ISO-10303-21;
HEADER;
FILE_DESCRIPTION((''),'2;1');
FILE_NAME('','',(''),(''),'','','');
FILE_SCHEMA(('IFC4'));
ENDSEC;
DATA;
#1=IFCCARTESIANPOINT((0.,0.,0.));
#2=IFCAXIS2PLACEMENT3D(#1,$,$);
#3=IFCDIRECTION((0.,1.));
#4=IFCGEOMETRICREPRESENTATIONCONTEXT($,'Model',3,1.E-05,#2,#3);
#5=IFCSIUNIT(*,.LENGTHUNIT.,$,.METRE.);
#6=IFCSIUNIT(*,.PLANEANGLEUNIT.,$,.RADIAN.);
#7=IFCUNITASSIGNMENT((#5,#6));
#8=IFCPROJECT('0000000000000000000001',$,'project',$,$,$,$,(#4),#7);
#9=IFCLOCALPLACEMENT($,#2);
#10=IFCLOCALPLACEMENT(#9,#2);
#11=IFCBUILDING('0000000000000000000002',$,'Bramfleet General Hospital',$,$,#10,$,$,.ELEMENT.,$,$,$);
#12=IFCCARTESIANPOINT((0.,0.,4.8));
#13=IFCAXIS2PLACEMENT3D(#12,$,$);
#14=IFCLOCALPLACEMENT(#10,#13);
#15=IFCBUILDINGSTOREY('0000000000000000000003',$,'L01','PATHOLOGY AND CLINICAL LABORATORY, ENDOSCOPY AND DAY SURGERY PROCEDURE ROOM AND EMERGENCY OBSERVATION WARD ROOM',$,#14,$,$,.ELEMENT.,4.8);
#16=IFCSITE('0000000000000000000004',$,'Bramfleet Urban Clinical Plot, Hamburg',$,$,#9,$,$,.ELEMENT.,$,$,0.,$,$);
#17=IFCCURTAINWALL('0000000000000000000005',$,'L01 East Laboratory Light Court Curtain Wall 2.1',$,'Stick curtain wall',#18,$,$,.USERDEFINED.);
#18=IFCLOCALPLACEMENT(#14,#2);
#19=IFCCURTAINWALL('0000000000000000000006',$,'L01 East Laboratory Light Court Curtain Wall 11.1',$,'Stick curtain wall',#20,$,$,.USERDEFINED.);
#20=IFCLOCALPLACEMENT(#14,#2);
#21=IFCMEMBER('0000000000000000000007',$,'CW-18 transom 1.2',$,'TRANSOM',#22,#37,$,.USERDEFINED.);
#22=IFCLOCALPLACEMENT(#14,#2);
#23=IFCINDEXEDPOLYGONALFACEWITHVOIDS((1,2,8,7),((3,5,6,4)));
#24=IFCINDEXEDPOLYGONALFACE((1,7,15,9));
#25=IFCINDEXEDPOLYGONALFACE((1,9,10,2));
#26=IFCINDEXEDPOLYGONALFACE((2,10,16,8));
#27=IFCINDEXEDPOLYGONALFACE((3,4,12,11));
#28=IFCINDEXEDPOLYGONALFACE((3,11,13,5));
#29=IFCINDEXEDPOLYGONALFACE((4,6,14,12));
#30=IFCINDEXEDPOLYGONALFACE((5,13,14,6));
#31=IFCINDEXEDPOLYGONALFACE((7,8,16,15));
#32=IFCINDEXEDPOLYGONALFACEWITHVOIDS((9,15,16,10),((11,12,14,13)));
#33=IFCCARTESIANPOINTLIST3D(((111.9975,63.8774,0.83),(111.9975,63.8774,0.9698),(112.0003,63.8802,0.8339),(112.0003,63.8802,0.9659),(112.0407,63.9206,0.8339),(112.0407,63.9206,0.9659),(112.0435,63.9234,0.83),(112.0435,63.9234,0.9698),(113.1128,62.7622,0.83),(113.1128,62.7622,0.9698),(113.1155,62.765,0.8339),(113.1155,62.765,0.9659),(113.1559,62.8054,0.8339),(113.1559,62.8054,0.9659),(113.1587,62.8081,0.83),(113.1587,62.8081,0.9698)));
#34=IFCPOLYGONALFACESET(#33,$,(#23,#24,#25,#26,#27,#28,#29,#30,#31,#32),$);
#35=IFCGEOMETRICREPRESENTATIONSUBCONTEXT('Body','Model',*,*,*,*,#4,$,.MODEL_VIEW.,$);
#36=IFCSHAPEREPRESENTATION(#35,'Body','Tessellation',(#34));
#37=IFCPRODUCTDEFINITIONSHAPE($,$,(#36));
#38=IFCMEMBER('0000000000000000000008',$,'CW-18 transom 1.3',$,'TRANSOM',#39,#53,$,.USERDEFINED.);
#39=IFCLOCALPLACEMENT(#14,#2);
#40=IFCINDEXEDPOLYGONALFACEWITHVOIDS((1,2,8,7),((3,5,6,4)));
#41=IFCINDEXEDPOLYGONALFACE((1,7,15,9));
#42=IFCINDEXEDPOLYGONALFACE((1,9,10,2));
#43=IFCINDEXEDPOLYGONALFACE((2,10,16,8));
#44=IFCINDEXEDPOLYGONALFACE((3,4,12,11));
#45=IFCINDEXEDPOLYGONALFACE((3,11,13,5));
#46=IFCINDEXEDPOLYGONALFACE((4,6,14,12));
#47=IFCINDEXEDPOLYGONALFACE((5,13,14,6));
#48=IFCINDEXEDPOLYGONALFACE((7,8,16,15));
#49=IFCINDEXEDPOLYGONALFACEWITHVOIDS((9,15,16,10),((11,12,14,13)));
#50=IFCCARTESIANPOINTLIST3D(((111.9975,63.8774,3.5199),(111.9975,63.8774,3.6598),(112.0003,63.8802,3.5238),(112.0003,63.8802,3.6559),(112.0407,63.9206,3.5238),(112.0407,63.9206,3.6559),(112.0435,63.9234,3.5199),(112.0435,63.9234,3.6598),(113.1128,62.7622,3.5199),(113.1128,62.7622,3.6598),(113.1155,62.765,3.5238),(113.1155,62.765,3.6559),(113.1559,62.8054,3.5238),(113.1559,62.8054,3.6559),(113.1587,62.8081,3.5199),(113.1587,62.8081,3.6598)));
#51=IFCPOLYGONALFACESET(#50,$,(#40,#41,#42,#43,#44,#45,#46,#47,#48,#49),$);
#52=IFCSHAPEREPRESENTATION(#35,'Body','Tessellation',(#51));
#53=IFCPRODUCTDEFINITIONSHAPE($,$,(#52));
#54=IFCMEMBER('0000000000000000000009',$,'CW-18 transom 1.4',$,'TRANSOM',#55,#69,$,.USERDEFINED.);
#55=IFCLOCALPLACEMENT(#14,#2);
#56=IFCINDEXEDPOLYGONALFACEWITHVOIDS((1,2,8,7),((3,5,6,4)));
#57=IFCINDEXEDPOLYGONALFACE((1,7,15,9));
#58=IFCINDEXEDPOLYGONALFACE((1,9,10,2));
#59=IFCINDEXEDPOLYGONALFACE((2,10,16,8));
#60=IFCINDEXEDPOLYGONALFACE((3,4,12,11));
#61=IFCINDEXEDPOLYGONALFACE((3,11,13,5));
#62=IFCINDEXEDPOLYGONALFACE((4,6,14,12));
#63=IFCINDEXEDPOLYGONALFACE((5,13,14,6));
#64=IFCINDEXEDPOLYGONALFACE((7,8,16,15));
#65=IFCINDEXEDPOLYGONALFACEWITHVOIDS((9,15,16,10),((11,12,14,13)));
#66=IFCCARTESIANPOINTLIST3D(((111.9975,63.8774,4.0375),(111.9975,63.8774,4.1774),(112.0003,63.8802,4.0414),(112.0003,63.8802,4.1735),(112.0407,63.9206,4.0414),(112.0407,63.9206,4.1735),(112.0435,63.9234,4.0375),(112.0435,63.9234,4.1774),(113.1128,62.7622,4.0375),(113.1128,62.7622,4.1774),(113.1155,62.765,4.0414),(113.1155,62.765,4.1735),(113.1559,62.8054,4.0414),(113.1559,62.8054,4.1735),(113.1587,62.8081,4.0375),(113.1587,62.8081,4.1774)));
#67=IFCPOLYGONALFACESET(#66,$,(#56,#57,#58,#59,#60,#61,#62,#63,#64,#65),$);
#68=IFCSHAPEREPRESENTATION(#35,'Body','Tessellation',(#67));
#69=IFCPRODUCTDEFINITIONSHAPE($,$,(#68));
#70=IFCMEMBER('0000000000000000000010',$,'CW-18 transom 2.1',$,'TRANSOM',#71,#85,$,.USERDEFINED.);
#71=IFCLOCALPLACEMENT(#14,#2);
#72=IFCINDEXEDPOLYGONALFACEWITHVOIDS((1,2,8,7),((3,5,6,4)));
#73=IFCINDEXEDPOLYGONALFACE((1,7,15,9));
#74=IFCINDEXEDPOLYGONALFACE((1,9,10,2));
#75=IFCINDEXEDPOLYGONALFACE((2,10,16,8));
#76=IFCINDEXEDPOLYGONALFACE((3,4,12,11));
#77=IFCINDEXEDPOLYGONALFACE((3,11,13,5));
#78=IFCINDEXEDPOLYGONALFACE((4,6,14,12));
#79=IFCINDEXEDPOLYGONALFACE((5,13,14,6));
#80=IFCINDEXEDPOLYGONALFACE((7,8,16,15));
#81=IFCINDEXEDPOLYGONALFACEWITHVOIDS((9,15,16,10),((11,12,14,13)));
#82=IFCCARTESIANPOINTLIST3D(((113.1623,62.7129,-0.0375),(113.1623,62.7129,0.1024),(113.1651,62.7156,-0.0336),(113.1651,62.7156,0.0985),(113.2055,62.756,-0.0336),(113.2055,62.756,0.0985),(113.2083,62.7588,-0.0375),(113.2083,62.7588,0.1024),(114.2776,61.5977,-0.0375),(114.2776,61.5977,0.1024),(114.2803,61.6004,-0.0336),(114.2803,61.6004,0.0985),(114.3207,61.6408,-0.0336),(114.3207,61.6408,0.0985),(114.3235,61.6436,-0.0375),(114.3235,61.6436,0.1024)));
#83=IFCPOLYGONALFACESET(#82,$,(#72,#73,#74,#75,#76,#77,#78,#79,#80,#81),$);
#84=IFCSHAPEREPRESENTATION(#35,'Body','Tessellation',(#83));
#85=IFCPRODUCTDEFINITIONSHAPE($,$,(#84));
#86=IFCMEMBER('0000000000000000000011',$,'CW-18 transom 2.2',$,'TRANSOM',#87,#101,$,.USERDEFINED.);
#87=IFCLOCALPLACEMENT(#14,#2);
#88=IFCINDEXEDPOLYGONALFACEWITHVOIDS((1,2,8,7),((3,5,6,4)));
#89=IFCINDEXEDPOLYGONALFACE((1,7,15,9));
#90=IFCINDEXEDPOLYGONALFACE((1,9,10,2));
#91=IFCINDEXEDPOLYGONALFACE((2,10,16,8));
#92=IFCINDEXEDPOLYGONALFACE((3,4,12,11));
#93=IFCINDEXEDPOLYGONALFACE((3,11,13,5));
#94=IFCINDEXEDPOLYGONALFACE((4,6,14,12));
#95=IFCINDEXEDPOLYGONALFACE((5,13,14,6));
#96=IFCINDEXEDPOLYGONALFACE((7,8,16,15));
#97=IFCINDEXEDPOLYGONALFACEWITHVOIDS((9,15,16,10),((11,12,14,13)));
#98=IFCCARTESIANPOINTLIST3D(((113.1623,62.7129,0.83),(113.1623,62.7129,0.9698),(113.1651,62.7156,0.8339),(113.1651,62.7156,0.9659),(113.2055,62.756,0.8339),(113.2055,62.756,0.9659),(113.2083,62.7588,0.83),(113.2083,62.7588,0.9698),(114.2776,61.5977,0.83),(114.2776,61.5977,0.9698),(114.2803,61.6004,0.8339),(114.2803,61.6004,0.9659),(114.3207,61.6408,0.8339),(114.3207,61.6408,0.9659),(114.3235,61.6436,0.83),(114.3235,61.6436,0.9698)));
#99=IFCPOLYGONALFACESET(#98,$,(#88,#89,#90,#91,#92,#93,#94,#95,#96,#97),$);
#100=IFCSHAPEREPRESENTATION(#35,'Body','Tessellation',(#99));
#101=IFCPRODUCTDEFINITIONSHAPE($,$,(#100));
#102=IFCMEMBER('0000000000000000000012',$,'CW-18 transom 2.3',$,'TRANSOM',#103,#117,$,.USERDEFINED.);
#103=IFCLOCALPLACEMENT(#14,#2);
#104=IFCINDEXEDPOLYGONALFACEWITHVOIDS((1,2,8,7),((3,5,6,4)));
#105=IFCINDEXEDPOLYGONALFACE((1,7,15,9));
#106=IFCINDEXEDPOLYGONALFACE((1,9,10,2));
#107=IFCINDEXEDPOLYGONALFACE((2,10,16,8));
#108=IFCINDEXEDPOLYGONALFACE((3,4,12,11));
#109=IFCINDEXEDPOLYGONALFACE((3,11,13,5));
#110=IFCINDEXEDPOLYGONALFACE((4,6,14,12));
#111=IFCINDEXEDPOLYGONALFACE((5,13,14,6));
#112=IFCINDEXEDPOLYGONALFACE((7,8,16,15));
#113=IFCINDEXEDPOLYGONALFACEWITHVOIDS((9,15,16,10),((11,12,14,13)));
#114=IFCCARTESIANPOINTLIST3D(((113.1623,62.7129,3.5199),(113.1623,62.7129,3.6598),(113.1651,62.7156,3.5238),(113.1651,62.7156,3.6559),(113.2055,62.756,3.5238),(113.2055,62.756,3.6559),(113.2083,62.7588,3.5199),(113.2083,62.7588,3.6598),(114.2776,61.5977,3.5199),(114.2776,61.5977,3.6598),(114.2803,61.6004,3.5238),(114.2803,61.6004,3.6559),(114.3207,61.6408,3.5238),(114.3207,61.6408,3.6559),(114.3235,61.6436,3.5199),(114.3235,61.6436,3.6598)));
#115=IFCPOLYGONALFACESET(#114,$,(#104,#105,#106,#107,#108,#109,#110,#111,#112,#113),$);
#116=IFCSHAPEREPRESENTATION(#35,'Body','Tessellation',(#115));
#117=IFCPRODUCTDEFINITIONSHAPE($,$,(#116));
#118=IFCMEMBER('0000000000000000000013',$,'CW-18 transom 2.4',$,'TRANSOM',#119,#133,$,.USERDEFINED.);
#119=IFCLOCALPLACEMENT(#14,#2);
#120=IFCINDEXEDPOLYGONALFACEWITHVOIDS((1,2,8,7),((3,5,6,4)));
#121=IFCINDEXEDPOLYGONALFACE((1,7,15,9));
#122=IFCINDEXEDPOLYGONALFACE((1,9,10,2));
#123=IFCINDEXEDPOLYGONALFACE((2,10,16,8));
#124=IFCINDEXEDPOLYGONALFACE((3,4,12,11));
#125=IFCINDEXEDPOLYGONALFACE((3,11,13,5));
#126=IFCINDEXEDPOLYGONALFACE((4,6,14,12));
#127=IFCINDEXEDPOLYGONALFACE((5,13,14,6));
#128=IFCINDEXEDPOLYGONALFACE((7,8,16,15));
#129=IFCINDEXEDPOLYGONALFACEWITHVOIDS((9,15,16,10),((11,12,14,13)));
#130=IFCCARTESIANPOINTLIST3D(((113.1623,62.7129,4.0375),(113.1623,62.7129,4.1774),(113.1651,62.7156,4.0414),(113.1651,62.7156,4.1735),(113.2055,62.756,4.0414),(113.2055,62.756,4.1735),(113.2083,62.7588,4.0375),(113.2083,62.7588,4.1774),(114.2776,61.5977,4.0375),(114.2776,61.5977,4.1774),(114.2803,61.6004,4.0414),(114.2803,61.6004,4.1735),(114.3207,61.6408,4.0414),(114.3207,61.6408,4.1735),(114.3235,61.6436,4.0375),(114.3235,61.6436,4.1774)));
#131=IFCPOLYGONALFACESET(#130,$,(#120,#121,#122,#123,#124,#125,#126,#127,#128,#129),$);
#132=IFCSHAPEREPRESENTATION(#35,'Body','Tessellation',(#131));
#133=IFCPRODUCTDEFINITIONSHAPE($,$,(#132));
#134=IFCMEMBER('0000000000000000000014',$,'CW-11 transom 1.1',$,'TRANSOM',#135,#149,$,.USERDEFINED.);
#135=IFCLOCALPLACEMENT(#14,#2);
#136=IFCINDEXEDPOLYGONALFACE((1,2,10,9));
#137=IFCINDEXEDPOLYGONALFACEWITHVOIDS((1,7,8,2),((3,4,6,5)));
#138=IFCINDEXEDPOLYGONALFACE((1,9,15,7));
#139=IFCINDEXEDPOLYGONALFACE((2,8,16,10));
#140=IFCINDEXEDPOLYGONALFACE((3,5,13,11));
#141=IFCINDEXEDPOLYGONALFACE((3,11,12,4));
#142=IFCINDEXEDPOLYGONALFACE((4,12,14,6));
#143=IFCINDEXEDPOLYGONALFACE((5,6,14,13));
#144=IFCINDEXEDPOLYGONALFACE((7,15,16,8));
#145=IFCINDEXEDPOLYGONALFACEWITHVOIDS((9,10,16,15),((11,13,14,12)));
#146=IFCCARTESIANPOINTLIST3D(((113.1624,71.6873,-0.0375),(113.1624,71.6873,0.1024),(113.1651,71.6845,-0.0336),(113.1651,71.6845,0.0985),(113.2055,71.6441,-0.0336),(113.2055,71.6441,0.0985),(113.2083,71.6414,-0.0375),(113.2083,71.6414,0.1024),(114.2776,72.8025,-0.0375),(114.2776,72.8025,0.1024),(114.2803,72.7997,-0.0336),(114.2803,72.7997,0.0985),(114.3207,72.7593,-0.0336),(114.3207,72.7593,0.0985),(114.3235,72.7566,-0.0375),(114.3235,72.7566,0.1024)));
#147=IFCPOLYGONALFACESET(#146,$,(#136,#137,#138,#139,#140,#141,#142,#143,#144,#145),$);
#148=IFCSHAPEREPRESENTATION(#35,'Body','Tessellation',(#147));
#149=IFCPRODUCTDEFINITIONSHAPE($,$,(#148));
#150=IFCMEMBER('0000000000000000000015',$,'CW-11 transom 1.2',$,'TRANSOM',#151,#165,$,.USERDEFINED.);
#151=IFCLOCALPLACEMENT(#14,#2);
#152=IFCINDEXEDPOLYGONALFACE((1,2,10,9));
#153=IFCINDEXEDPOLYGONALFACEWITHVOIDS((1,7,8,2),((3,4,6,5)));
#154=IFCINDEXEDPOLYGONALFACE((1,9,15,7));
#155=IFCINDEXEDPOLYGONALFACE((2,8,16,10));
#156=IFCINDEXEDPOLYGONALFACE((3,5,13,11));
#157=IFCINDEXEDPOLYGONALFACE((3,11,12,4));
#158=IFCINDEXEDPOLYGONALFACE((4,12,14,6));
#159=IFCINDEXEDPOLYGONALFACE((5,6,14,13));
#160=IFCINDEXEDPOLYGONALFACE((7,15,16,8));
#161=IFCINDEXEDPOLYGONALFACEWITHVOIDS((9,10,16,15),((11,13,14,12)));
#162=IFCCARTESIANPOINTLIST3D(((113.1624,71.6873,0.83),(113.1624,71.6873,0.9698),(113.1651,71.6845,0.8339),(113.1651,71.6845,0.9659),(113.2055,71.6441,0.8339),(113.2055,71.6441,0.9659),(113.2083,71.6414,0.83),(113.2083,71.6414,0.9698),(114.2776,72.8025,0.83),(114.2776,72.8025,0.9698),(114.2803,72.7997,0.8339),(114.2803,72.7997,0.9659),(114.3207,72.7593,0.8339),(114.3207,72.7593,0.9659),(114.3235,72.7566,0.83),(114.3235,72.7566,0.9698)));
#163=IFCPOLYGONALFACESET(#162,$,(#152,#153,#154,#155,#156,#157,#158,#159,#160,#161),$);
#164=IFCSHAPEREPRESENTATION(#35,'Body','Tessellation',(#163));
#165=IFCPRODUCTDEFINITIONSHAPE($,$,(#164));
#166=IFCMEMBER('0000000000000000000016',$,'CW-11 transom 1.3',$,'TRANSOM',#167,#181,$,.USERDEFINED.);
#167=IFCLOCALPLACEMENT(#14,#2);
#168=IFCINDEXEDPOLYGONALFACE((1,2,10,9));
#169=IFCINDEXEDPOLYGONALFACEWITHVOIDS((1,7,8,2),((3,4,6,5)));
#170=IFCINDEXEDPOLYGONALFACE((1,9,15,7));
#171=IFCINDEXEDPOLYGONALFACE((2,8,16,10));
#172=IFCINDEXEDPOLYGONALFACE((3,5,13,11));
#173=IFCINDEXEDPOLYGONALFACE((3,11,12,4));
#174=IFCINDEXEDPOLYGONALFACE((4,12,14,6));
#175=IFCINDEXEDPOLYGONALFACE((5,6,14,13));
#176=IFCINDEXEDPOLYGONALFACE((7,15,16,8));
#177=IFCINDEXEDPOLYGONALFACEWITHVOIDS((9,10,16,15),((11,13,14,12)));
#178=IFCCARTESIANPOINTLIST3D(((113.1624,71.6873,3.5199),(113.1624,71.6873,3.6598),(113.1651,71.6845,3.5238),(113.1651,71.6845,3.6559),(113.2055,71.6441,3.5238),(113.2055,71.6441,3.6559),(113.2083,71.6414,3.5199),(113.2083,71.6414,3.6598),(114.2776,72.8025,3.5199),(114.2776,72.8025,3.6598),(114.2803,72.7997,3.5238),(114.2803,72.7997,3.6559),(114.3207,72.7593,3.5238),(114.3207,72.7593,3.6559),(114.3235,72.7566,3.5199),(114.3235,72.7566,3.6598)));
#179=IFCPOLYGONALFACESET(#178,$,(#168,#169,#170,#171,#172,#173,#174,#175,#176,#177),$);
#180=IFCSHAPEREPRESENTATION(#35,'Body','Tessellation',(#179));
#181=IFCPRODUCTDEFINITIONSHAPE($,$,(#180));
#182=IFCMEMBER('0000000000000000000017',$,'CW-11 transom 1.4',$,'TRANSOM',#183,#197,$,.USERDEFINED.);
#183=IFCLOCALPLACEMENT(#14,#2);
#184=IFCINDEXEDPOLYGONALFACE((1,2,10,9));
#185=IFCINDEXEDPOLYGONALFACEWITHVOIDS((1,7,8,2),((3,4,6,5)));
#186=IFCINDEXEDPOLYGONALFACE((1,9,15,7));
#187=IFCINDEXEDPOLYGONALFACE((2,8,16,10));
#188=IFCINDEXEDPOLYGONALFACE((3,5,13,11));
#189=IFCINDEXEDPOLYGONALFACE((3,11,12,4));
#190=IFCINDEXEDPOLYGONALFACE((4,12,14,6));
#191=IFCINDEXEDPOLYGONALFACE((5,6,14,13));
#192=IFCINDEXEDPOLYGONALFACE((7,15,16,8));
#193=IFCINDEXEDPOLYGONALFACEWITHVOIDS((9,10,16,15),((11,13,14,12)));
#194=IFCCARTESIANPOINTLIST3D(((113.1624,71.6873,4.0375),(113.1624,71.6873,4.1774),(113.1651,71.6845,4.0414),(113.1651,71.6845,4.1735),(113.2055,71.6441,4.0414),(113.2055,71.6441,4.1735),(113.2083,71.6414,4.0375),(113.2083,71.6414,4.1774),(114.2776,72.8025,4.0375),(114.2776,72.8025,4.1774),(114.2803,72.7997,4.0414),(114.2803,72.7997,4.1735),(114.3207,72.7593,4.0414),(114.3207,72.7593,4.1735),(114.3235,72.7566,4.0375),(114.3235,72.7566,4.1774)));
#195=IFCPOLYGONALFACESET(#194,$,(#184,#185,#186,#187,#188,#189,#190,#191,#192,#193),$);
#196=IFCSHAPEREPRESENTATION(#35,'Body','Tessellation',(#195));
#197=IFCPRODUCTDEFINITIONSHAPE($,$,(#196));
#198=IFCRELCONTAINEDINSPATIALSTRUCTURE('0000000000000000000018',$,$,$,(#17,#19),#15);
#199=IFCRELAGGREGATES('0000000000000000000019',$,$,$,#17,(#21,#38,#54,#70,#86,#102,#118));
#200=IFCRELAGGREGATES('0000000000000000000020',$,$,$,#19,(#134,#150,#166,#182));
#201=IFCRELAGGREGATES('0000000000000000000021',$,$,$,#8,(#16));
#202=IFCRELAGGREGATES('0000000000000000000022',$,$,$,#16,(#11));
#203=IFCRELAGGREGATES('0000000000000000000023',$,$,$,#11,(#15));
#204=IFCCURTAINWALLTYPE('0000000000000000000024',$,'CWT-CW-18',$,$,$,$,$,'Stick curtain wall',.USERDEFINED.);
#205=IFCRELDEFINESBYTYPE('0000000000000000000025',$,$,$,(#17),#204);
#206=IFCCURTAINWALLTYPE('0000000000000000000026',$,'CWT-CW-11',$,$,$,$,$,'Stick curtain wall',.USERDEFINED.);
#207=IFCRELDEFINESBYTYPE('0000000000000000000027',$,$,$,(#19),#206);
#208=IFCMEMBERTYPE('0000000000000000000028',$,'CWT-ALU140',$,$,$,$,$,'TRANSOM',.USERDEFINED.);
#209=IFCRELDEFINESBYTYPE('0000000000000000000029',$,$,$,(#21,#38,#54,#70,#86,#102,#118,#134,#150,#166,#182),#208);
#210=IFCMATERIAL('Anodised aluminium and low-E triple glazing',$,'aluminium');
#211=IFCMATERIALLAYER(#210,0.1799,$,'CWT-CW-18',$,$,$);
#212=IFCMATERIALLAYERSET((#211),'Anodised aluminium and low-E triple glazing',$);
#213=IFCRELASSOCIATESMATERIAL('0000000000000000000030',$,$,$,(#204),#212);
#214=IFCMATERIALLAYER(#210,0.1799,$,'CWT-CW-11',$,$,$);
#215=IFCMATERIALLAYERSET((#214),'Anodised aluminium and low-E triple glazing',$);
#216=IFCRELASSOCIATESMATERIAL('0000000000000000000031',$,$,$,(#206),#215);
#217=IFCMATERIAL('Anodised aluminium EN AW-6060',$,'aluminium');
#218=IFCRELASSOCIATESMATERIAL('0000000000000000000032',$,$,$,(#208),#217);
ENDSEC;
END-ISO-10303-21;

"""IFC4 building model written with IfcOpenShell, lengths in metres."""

from ifc_helpers import new_model, si_unit, direction, frame, origin, origin_2d, place, context, subcontext, project, spatial, hollow_rectangle, extrude, material, layer, layer_set, material_profile, profile_set, type_object, element, aggregate, save


model = new_model("IFC4")

# Units and contexts
model_context = context("Model", 3, precision=1e-05, world=origin(), true_north=direction((0.0, 1.0)))
body_context = subcontext(model_context, "Body", "Model", "MODEL_VIEW")
ifc_project = project(units=[si_unit("LENGTHUNIT", "METRE"), si_unit("PLANEANGLEUNIT", "RADIAN")], contexts=[model_context])

# Site, building, storey
site_placement = place(None, origin())
site = spatial("IfcSite", under=ifc_project, at=site_placement, Name="Bramfleet Urban Clinical Plot, Hamburg", CompositionType="ELEMENT", RefElevation=0.0)
building_placement = place(site_placement, origin())
building = spatial("IfcBuilding", under=site, at=building_placement, Name="Bramfleet General Hospital", CompositionType="ELEMENT")
storey_placement = place(building_placement, frame((0.0, 0.0, 4.8)))
storey = spatial("IfcBuildingStorey", under=building, at=storey_placement, Name="L01", Description="PATHOLOGY AND CLINICAL LABORATORY, ENDOSCOPY AND DAY SURGERY PROCEDURE ROOM AND EMERGENCY OBSERVATION WARD ROOM", CompositionType="ELEMENT", Elevation=4.8)

# Curtain wall
ifc_material_1 = material(Name="Anodised aluminium and low-E triple glazing", Category="aluminium")
ifc_layer_1 = layer(ifc_material_1, 0.1799, Name="CWT-CW-18")
ifc_layer_set_1 = layer_set([ifc_layer_1], Name="Anodised aluminium and low-E triple glazing")
curtain_wall_type_1 = type_object("IfcCurtainWallType", Name="CWT-CW-18", ElementType="Stick curtain wall", PredefinedType="USERDEFINED", material=ifc_layer_set_1)
curtain_wall_1_placement = place(storey_placement, origin())
curtain_wall_1 = element("IfcCurtainWall", 1, at=curtain_wall_1_placement, inside=storey, type_object=curtain_wall_type_1, Name="L01 East Laboratory Light Court Curtain Wall 2.1", ObjectType="Stick curtain wall", PredefinedType="USERDEFINED")
ifc_material_2 = material(Name="Anodised aluminium EN AW-6060", Category="aluminium")

# Shared definitions
ifc_layer_2 = layer(ifc_material_1, 0.1799, Name="CWT-CW-11")
ifc_layer_set_2 = layer_set([ifc_layer_2], Name="Anodised aluminium and low-E triple glazing")
curtain_wall_type_2 = type_object("IfcCurtainWallType", Name="CWT-CW-11", ElementType="Stick curtain wall", PredefinedType="USERDEFINED", material=ifc_layer_set_2)

# Curtain wall
curtain_wall_2_placement = place(storey_placement, origin())
curtain_wall_2 = element("IfcCurtainWall", 2, at=curtain_wall_2_placement, inside=storey, type_object=curtain_wall_type_2, Name="L01 East Laboratory Light Court Curtain Wall 11.1", ObjectType="Stick curtain wall", PredefinedType="USERDEFINED")

# Members
ifc_material_profile_1 = material_profile(ifc_material_2, hollow_rectangle(XDim=0.0649, YDim=0.1399, WallThickness=0.0039, at=origin_2d()), Name="ALU 140x65x4.0")
ifc_profile_set_1 = profile_set([ifc_material_profile_1], Name="Anodised aluminium EN AW-6060")
member_type_1 = type_object("IfcMemberType", Name="CWT-ALU140", ElementType="TRANSOM", PredefinedType="USERDEFINED", material=ifc_profile_set_1)
member_1_placement = place(storey_placement, frame((112.0205, 63.9004, 0.8999), z_axis=(0.707107, -0.707107, 0.0), x_axis=(0.707107, 0.707107, 0.0)))
member_1 = element("IfcMember", 3, at=member_1_placement, type_object=member_type_1, Name="CW-18 transom 1.2", ObjectType="TRANSOM", PredefinedType="USERDEFINED", context=body_context, shape_type="SweptSolid", body=[
    extrude(hollow_rectangle(XDim=0.0649, YDim=0.1399, WallThickness=0.0039, at=origin_2d()), origin(), (0.0, 0.0, 1.0), 1.5771),
])
member_2_placement = place(storey_placement, frame((112.0205, 63.9004, 3.5898), z_axis=(0.707107, -0.707107, 0.0), x_axis=(0.707107, 0.707107, 0.0)))
member_2 = element("IfcMember", 4, at=member_2_placement, type_object=member_type_1, Name="CW-18 transom 1.3", ObjectType="TRANSOM", PredefinedType="USERDEFINED", context=body_context, shape_type="SweptSolid", body=[
    extrude(hollow_rectangle(XDim=0.0649, YDim=0.1399, WallThickness=0.0039, at=origin_2d()), origin(), (0.0, 0.0, 1.0), 1.5771),
])
member_3_placement = place(storey_placement, frame((112.0205, 63.9004, 4.1074), z_axis=(0.707107, -0.707107, 0.0), x_axis=(0.707107, 0.707107, 0.0)))
member_3 = element("IfcMember", 5, at=member_3_placement, type_object=member_type_1, Name="CW-18 transom 1.4", ObjectType="TRANSOM", PredefinedType="USERDEFINED", context=body_context, shape_type="SweptSolid", body=[
    extrude(hollow_rectangle(XDim=0.0649, YDim=0.1399, WallThickness=0.0039, at=origin_2d()), origin(), (0.0, 0.0, 1.0), 1.5771),
])
member_4_placement = place(storey_placement, frame((113.1853, 62.7358, 0.0325), z_axis=(0.707107, -0.707107, 0.0), x_axis=(0.707107, 0.707107, 0.0)))
member_4 = element("IfcMember", 6, at=member_4_placement, type_object=member_type_1, Name="CW-18 transom 2.1", ObjectType="TRANSOM", PredefinedType="USERDEFINED", context=body_context, shape_type="SweptSolid", body=[
    extrude(hollow_rectangle(XDim=0.0649, YDim=0.1399, WallThickness=0.0039, at=origin_2d()), origin(), (0.0, 0.0, 1.0), 1.5771),
])
member_5_placement = place(storey_placement, frame((113.1853, 62.7358, 0.8999), z_axis=(0.707107, -0.707107, 0.0), x_axis=(0.707107, 0.707107, 0.0)))
member_5 = element("IfcMember", 7, at=member_5_placement, type_object=member_type_1, Name="CW-18 transom 2.2", ObjectType="TRANSOM", PredefinedType="USERDEFINED", context=body_context, shape_type="SweptSolid", body=[
    extrude(hollow_rectangle(XDim=0.0649, YDim=0.1399, WallThickness=0.0039, at=origin_2d()), origin(), (0.0, 0.0, 1.0), 1.5771),
])
member_6_placement = place(storey_placement, frame((113.1853, 62.7358, 3.5898), z_axis=(0.707107, -0.707107, 0.0), x_axis=(0.707107, 0.707107, 0.0)))
member_6 = element("IfcMember", 8, at=member_6_placement, type_object=member_type_1, Name="CW-18 transom 2.3", ObjectType="TRANSOM", PredefinedType="USERDEFINED", context=body_context, shape_type="SweptSolid", body=[
    extrude(hollow_rectangle(XDim=0.0649, YDim=0.1399, WallThickness=0.0039, at=origin_2d()), origin(), (0.0, 0.0, 1.0), 1.5771),
])
member_7_placement = place(storey_placement, frame((113.1853, 62.7358, 4.1074), z_axis=(0.707107, -0.707107, 0.0), x_axis=(0.707107, 0.707107, 0.0)))
member_7 = element("IfcMember", 9, at=member_7_placement, type_object=member_type_1, Name="CW-18 transom 2.4", ObjectType="TRANSOM", PredefinedType="USERDEFINED", context=body_context, shape_type="SweptSolid", body=[
    extrude(hollow_rectangle(XDim=0.0649, YDim=0.1399, WallThickness=0.0039, at=origin_2d()), origin(), (0.0, 0.0, 1.0), 1.5771),
])
member_8_placement = place(storey_placement, frame((114.3005, 72.7795, 0.0325), z_axis=(-0.707107, -0.707107, 0.0), x_axis=(0.707107, -0.707107, 0.0)))
member_8 = element("IfcMember", 10, at=member_8_placement, type_object=member_type_1, Name="CW-11 transom 1.1", ObjectType="TRANSOM", PredefinedType="USERDEFINED", context=body_context, shape_type="SweptSolid", body=[
    extrude(hollow_rectangle(XDim=0.0649, YDim=0.1399, WallThickness=0.0039, at=origin_2d()), origin(), (0.0, 0.0, 1.0), 1.5771),
])
member_9_placement = place(storey_placement, frame((114.3005, 72.7795, 0.8999), z_axis=(-0.707107, -0.707107, 0.0), x_axis=(0.707107, -0.707107, 0.0)))
member_9 = element("IfcMember", 11, at=member_9_placement, type_object=member_type_1, Name="CW-11 transom 1.2", ObjectType="TRANSOM", PredefinedType="USERDEFINED", context=body_context, shape_type="SweptSolid", body=[
    extrude(hollow_rectangle(XDim=0.0649, YDim=0.1399, WallThickness=0.0039, at=origin_2d()), origin(), (0.0, 0.0, 1.0), 1.5771),
])
member_10_placement = place(storey_placement, frame((114.3005, 72.7795, 3.5898), z_axis=(-0.707107, -0.707107, 0.0), x_axis=(0.707107, -0.707107, 0.0)))
member_10 = element("IfcMember", 12, at=member_10_placement, type_object=member_type_1, Name="CW-11 transom 1.3", ObjectType="TRANSOM", PredefinedType="USERDEFINED", context=body_context, shape_type="SweptSolid", body=[
    extrude(hollow_rectangle(XDim=0.0649, YDim=0.1399, WallThickness=0.0039, at=origin_2d()), origin(), (0.0, 0.0, 1.0), 1.5771),
])
member_11_placement = place(storey_placement, frame((114.3005, 72.7795, 4.1074), z_axis=(-0.707107, -0.707107, 0.0), x_axis=(0.707107, -0.707107, 0.0)))
member_11 = element("IfcMember", 13, at=member_11_placement, type_object=member_type_1, Name="CW-11 transom 1.4", ObjectType="TRANSOM", PredefinedType="USERDEFINED", context=body_context, shape_type="SweptSolid", body=[
    extrude(hollow_rectangle(XDim=0.0649, YDim=0.1399, WallThickness=0.0039, at=origin_2d()), origin(), (0.0, 0.0, 1.0), 1.5771),
])

aggregate(curtain_wall_1, [member_1, member_2, member_3, member_4, member_5, member_6, member_7])
aggregate(curtain_wall_2, [member_8, member_9, member_10, member_11])

save(model, "model.ifc")
